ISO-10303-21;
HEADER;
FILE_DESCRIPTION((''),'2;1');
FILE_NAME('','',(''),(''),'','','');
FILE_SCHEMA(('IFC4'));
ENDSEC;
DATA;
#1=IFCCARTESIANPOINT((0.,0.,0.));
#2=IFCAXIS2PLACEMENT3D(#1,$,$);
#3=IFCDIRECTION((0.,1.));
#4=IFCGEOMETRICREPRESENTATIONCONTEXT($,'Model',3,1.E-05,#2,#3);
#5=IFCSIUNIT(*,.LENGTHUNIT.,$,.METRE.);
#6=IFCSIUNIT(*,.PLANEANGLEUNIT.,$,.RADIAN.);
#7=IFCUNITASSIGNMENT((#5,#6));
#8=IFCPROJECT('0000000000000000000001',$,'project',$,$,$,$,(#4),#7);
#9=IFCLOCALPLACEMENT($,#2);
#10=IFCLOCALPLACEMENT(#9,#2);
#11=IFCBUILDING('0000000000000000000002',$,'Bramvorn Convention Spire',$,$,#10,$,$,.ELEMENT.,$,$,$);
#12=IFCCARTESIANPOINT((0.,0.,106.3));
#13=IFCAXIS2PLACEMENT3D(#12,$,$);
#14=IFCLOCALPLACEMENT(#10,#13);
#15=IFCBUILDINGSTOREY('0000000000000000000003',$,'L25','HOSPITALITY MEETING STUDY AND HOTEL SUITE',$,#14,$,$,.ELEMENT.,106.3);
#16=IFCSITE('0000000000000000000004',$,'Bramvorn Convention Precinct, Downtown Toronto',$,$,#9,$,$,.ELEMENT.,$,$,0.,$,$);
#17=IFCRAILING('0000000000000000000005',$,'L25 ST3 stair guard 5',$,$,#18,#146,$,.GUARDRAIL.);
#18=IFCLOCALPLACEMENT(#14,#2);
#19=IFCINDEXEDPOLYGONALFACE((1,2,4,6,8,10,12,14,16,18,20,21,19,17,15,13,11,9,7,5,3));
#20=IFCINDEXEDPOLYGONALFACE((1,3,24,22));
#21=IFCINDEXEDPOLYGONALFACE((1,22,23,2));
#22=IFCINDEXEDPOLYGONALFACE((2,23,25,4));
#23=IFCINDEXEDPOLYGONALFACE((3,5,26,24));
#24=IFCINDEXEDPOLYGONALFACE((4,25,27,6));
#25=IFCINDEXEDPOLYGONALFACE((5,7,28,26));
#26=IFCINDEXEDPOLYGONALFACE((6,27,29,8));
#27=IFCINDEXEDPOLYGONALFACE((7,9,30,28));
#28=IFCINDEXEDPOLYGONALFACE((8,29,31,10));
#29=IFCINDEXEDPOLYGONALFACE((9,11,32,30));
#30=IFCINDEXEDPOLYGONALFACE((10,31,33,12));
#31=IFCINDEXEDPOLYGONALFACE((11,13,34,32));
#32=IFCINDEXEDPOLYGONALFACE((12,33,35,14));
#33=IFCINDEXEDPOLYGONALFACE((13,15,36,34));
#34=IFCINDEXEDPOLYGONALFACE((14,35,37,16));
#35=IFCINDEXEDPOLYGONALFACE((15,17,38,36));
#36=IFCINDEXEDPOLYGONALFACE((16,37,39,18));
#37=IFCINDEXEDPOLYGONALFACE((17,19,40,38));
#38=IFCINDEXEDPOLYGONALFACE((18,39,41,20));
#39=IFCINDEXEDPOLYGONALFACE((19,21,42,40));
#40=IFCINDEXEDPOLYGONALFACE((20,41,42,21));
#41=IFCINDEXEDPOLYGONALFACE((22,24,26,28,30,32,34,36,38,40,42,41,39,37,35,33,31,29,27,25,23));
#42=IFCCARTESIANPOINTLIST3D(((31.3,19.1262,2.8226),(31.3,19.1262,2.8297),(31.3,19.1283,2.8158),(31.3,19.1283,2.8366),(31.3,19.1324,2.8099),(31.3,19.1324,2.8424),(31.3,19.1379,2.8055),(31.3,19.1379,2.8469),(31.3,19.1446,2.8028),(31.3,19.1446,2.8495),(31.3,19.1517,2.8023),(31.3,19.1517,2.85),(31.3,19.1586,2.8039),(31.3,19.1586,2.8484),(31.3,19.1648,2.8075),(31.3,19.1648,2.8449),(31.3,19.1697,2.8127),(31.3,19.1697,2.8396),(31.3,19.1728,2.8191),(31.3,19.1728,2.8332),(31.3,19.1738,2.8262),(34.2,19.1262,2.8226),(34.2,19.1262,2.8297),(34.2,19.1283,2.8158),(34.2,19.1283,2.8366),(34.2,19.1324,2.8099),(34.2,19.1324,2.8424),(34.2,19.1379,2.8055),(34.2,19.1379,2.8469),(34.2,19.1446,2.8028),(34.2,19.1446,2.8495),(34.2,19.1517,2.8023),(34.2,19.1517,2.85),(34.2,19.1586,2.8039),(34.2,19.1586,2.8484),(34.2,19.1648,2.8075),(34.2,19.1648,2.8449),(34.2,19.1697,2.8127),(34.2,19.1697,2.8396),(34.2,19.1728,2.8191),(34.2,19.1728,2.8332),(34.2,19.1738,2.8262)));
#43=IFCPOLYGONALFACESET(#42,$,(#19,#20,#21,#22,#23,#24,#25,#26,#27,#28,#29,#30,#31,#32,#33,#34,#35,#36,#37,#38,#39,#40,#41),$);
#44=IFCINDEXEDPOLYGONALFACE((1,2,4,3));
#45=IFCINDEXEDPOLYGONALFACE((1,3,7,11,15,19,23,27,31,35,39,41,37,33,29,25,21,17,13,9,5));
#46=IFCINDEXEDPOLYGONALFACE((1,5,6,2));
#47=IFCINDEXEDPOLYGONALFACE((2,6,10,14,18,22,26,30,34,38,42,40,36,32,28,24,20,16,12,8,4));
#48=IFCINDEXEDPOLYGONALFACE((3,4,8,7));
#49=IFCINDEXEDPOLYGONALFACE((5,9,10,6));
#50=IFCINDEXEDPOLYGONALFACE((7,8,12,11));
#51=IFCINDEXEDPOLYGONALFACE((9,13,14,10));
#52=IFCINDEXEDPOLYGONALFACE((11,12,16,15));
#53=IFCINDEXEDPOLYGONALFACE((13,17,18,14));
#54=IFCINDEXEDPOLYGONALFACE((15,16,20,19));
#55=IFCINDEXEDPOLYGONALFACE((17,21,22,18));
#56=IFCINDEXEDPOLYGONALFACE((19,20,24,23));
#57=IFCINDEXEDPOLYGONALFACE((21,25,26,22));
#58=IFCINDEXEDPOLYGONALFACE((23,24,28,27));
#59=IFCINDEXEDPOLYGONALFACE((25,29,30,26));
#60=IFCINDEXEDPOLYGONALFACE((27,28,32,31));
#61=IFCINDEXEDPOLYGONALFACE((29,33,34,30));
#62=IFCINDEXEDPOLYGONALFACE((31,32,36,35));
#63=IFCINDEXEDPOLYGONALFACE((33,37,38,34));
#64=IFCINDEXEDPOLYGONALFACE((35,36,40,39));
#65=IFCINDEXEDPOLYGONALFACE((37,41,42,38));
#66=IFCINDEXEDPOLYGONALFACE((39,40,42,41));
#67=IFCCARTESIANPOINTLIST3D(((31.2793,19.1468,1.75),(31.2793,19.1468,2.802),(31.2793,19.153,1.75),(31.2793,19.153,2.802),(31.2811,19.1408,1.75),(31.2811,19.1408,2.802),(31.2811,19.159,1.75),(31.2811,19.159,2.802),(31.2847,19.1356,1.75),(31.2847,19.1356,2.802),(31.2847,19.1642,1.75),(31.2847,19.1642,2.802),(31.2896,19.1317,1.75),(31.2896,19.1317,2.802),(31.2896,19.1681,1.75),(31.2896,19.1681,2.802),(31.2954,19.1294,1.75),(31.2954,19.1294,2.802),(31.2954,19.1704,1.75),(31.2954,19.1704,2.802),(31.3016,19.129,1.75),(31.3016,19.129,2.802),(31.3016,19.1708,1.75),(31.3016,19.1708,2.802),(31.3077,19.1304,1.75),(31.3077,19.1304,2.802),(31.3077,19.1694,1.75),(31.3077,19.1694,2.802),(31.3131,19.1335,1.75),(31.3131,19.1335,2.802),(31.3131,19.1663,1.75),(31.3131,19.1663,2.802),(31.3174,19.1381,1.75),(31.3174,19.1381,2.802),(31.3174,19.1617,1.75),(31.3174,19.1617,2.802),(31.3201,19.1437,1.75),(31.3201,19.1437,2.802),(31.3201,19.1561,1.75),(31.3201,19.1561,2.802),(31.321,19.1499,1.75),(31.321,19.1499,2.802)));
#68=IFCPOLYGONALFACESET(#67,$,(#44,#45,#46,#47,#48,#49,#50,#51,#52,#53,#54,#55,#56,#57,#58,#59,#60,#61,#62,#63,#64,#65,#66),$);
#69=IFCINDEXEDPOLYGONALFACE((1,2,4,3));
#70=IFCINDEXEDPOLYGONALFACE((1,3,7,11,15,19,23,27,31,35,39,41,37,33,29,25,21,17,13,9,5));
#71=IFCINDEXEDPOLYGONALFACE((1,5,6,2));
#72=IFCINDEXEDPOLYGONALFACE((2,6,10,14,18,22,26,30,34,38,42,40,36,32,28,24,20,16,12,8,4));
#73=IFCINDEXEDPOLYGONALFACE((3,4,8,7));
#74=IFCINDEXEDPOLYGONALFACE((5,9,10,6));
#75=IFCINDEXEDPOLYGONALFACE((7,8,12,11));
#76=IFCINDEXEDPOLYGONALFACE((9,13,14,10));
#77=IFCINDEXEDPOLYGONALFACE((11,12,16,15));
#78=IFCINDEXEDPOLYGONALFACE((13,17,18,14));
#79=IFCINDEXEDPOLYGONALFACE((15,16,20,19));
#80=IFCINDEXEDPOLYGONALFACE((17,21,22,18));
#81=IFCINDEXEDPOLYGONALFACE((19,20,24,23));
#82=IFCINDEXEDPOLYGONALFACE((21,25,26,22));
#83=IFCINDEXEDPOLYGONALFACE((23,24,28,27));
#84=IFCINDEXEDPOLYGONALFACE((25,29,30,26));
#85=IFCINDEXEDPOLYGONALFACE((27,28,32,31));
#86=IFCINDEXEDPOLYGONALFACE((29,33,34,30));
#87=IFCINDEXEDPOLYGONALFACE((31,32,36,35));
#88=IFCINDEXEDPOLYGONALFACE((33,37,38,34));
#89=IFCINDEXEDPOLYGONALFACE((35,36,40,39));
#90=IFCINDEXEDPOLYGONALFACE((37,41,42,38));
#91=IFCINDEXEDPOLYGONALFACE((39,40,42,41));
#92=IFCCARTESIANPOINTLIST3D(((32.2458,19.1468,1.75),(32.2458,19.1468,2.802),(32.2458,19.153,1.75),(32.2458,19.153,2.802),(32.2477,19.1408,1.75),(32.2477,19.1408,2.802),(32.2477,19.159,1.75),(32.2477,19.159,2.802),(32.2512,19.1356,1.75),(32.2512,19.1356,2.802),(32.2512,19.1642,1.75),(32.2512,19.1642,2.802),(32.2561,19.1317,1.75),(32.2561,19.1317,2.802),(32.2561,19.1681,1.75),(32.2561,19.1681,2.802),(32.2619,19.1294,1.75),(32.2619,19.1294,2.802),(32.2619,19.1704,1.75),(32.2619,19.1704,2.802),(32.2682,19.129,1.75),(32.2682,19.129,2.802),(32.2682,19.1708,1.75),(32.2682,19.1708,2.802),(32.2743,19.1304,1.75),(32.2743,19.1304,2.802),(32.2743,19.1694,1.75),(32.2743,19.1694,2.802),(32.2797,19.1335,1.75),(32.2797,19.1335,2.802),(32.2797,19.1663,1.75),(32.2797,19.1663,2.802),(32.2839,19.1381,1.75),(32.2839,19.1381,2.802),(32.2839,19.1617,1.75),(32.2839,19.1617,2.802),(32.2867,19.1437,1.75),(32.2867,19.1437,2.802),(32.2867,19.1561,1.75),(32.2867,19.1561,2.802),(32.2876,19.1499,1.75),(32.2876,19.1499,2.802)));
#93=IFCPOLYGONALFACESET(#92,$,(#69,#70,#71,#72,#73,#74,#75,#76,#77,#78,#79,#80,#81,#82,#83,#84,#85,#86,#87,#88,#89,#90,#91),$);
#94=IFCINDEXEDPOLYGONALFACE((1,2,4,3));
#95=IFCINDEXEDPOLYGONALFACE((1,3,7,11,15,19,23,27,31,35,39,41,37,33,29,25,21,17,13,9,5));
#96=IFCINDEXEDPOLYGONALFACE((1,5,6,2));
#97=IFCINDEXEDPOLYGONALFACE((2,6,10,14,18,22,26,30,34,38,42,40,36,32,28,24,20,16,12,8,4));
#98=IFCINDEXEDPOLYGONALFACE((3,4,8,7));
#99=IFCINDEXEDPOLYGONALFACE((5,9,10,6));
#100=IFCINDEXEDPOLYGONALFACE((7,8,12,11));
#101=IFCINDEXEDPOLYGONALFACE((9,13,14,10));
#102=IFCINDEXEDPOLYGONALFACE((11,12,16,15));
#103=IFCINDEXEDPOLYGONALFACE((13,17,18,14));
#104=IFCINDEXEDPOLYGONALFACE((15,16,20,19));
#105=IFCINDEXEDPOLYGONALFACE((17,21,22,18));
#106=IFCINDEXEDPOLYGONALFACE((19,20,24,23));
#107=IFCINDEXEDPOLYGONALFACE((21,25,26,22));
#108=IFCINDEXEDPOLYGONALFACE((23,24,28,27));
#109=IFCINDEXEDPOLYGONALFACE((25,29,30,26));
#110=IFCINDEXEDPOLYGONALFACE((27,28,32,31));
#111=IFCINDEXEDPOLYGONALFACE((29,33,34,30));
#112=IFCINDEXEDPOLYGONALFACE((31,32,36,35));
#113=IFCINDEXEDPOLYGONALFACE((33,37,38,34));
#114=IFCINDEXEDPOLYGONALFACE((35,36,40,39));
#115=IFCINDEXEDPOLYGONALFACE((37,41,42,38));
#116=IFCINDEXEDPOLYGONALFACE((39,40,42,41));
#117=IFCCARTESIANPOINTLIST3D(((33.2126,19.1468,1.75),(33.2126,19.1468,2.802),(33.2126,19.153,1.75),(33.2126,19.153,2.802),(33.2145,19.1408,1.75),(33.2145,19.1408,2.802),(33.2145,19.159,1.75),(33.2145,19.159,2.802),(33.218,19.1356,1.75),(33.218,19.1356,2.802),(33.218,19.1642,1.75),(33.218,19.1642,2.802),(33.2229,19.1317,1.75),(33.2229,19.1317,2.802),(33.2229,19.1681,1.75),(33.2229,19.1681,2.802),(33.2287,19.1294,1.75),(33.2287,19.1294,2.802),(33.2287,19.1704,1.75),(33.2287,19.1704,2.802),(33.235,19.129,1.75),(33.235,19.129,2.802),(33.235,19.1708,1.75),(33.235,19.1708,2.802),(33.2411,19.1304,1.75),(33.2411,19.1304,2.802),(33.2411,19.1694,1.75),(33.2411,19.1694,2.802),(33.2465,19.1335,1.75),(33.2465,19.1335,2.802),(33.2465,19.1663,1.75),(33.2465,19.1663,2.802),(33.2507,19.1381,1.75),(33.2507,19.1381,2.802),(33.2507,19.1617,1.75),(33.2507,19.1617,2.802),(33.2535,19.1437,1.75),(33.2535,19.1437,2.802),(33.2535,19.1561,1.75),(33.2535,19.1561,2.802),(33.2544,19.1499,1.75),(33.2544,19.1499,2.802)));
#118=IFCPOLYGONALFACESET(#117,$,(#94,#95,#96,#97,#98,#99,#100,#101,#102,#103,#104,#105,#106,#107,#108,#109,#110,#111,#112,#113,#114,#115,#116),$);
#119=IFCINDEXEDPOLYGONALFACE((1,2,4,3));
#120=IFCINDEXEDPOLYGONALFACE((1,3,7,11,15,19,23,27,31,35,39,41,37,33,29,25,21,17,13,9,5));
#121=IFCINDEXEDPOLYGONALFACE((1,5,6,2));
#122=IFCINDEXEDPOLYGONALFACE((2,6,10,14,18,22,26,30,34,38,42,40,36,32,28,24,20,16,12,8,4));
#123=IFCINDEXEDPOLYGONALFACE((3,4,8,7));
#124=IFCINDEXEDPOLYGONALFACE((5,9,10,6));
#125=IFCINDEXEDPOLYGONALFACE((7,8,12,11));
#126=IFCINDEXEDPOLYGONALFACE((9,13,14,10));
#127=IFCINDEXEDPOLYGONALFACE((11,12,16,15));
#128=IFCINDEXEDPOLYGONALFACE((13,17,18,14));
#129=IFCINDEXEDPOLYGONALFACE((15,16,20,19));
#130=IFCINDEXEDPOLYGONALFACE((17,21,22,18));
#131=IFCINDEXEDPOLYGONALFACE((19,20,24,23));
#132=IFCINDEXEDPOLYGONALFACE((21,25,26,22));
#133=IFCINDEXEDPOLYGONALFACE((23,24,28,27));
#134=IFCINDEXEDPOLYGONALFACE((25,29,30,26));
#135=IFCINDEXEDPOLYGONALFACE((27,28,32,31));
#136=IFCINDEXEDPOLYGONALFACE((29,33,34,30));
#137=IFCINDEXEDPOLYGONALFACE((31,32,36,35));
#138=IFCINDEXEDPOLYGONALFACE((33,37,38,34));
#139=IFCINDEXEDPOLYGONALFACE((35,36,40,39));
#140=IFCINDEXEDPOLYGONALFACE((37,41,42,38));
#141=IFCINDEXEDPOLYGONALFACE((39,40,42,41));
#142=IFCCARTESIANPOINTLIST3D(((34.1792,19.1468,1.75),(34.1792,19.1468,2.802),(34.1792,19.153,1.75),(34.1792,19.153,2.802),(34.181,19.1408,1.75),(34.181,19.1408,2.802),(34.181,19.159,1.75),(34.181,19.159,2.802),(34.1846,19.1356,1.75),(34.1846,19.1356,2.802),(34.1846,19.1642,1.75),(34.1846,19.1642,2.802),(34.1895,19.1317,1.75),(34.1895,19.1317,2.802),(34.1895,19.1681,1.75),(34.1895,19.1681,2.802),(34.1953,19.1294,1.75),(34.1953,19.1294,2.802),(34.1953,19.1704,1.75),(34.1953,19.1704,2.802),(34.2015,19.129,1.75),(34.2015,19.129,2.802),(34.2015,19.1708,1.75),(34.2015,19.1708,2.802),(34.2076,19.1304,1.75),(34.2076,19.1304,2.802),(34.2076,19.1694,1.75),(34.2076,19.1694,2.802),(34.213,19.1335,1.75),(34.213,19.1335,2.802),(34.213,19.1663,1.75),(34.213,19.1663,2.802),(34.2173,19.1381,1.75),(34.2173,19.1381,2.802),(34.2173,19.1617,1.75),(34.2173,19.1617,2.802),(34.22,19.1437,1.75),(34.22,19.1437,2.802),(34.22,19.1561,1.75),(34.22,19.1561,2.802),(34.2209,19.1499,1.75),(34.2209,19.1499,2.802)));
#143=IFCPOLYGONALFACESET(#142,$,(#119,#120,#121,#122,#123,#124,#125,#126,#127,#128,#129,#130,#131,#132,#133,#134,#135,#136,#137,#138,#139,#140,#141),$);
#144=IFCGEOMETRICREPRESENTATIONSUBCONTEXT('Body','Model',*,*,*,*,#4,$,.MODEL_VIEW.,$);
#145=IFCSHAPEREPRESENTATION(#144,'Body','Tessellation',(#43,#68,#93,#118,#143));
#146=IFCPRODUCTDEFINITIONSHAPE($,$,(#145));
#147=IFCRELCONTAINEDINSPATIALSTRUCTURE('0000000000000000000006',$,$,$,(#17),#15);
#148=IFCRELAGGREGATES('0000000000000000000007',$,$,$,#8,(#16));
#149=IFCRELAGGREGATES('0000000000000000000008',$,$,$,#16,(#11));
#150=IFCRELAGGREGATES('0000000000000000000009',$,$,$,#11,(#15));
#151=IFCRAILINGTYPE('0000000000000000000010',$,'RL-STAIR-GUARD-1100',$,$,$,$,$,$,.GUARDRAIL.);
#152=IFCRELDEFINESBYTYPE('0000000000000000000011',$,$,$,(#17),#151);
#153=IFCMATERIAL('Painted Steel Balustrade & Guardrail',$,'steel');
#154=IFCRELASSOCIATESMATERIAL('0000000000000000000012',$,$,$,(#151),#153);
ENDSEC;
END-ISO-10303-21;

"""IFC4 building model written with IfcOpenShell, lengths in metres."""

from ifc_helpers import new_model, si_unit, direction, frame, origin, origin_2d, place, context, subcontext, project, spatial, circle, extrude, material, type_object, element, save


model = new_model("IFC4")

# Units and contexts
model_context = context("Model", 3, precision=1e-05, world=origin(), true_north=direction((0.0, 1.0)))
body_context = subcontext(model_context, "Body", "Model", "MODEL_VIEW")
ifc_project = project(units=[si_unit("LENGTHUNIT", "METRE"), si_unit("PLANEANGLEUNIT", "RADIAN")], contexts=[model_context])

# Site, building, storey
site_placement = place(None, origin())
site = spatial("IfcSite", under=ifc_project, at=site_placement, Name="Bramvorn Convention Precinct, Downtown Toronto", CompositionType="ELEMENT", RefElevation=0.0)
building_placement = place(site_placement, origin())
building = spatial("IfcBuilding", under=site, at=building_placement, Name="Bramvorn Convention Spire", CompositionType="ELEMENT")
storey_placement = place(building_placement, frame((0.0, 0.0, 106.3)))
storey = spatial("IfcBuildingStorey", under=building, at=storey_placement, Name="L25", Description="HOSPITALITY MEETING STUDY AND HOTEL SUITE", CompositionType="ELEMENT", Elevation=106.3)

# Railing
ifc_material_1 = material(Name="Painted Steel Balustrade & Guardrail", Category="steel")
railing_type_1 = type_object("IfcRailingType", Name="RL-STAIR-GUARD-1100", PredefinedType="GUARDRAIL", material=ifc_material_1)
railing_1_placement = place(storey_placement, frame((31.3, 19.1499, 1.75)))
element("IfcRailing", 1, at=railing_1_placement, inside=storey, type_object=railing_type_1, Name="L25 ST3 stair guard 5", PredefinedType="GUARDRAIL", context=body_context, shape_type="SweptSolid", body=[
    extrude(circle(Radius=0.0239, at=origin_2d()), frame((0.0, 0.0, 1.0762), z_axis=(1.0, 0.0, 0.0), x_axis=(0.0, 1.0, 0.0)), (0.0, 0.0, 1.0), 2.8999),
    extrude(circle(Radius=0.021, at=origin_2d()), origin(), (0.0, 0.0, 1.0), 1.052),
    extrude(circle(Radius=0.021, at=origin_2d()), frame((0.9666, 0.0, 0.0)), (0.0, 0.0, 1.0), 1.052),
    extrude(circle(Radius=0.021, at=origin_2d()), frame((1.9333, 0.0, 0.0)), (0.0, 0.0, 1.0), 1.052),
    extrude(circle(Radius=0.021, at=origin_2d()), frame((2.8999, 0.0, 0.0)), (0.0, 0.0, 1.0), 1.052),
])

save(model, "model.ifc")
